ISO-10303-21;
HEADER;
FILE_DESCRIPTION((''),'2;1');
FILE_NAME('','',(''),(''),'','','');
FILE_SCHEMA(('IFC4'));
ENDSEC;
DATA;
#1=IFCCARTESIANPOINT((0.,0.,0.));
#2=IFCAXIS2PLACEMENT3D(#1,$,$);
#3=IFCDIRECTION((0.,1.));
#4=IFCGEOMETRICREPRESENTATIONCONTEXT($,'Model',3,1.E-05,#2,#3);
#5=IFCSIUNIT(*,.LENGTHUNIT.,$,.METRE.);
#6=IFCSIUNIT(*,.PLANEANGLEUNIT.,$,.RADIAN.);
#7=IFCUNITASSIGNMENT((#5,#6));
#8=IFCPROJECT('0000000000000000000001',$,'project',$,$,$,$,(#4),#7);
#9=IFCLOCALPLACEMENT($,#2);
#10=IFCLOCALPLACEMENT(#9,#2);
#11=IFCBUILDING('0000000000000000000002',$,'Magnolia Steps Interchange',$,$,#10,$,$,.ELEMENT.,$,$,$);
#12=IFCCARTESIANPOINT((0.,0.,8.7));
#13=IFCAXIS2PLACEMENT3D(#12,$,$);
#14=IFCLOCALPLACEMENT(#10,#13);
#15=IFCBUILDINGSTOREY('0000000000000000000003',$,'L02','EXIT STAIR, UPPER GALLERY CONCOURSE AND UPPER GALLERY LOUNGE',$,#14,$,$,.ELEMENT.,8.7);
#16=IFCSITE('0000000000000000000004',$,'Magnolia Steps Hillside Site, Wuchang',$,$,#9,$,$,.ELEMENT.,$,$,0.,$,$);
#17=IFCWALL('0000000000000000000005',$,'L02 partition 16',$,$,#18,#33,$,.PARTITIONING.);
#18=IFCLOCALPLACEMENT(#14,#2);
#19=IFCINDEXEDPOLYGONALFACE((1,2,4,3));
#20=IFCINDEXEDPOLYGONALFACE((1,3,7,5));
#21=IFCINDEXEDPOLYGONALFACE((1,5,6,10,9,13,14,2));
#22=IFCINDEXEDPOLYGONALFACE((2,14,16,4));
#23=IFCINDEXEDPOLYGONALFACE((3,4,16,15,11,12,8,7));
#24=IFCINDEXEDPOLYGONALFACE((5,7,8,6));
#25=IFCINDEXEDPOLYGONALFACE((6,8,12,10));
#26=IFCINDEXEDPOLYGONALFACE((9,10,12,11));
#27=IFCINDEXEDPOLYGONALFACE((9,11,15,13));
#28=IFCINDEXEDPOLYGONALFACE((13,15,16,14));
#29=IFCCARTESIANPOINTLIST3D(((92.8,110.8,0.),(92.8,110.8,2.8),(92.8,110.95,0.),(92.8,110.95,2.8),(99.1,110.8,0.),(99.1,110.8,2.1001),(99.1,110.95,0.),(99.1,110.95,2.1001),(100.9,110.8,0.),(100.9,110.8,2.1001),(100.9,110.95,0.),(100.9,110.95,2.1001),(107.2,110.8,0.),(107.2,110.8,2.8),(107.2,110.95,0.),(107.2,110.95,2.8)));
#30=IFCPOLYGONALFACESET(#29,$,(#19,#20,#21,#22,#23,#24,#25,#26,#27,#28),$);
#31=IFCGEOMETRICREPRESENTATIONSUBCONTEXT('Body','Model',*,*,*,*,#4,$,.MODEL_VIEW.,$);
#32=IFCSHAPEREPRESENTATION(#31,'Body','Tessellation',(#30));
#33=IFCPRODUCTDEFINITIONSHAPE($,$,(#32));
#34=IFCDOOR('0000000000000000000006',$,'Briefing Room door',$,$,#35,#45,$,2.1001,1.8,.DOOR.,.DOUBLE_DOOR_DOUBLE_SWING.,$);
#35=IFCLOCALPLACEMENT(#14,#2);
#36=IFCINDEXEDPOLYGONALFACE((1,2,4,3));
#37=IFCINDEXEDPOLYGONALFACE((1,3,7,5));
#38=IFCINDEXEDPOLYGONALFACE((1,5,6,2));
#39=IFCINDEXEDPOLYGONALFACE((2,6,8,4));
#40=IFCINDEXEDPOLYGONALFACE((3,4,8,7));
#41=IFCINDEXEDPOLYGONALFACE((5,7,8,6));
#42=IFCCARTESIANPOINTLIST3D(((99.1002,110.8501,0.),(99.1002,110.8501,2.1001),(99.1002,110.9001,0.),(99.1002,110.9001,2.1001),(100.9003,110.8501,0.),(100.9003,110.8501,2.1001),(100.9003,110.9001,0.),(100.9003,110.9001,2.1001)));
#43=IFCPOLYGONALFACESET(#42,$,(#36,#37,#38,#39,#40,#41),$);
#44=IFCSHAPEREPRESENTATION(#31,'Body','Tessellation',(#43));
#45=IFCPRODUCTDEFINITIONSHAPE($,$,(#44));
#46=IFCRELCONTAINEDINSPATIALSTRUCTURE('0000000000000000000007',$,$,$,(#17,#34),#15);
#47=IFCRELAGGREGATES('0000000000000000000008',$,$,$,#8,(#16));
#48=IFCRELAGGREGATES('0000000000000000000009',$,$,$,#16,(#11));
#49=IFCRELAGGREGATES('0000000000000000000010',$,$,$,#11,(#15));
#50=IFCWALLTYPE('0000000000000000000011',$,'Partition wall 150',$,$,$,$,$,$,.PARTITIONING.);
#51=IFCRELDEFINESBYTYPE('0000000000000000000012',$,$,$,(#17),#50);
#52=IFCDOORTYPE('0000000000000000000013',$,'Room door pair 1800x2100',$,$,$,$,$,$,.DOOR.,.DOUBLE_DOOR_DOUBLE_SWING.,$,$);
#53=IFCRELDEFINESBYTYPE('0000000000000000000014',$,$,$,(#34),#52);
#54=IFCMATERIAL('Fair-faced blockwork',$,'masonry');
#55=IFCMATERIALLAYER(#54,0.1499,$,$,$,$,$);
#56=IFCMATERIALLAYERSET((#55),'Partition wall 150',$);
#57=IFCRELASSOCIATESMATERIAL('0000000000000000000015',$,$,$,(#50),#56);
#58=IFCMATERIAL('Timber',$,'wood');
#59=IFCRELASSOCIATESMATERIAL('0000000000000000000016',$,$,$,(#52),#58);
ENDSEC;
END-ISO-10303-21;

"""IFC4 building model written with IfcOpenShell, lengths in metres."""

from ifc_helpers import new_model, si_unit, direction, frame, frame_2d, origin, place, context, subcontext, project, spatial, rectangle, extrude, material, layer, layer_set, type_object, element, fill, save


model = new_model("IFC4")

# Units and contexts
model_context = context("Model", 3, precision=1e-05, world=origin(), true_north=direction((0.0, 1.0)))
body_context = subcontext(model_context, "Body", "Model", "MODEL_VIEW")
ifc_project = project(units=[si_unit("LENGTHUNIT", "METRE"), si_unit("PLANEANGLEUNIT", "RADIAN")], contexts=[model_context])

# Site, building, storey
site_placement = place(None, origin())
site = spatial("IfcSite", under=ifc_project, at=site_placement, Name="Magnolia Steps Hillside Site, Wuchang", CompositionType="ELEMENT", RefElevation=0.0)
building_placement = place(site_placement, origin())
building = spatial("IfcBuilding", under=site, at=building_placement, Name="Magnolia Steps Interchange", CompositionType="ELEMENT")
storey_placement = place(building_placement, frame((0.0, 0.0, 8.7)))
storey = spatial("IfcBuildingStorey", under=building, at=storey_placement, Name="L02", Description="EXIT STAIR, UPPER GALLERY CONCOURSE AND UPPER GALLERY LOUNGE", CompositionType="ELEMENT", Elevation=8.7)

# Wall, opening, door
ifc_material_1 = material(Name="Fair-faced blockwork", Category="masonry")
ifc_layer_1 = layer(ifc_material_1, 0.1499)
ifc_layer_set_1 = layer_set([ifc_layer_1], Name="Partition wall 150")
wall_type_1 = type_object("IfcWallType", Name="Partition wall 150", PredefinedType="PARTITIONING", material=ifc_layer_set_1)
wall_1_placement = place(storey_placement, frame((92.8, 110.875, 0.0), z_axis=(0.0, 0.0, 1.0), x_axis=(1.0, 0.0, 0.0)))
wall_1 = element("IfcWall", 1, at=wall_1_placement, inside=storey, type_object=wall_type_1, Name="L02 partition 16", PredefinedType="PARTITIONING", context=body_context, shape_type="SweptSolid", body=[
    extrude(rectangle(XDim=14.3999, YDim=0.1499, at=frame_2d((7.2, 0.0))), origin(), (0.0, 0.0, 1.0), 2.8),
])
opening_1_placement = place(wall_1_placement, frame((6.3, 0.0, 0.0)))
opening_1 = element("IfcOpeningElement", 2, at=opening_1_placement, cuts=wall_1, PredefinedType="OPENING", context=body_context, shape_type="SweptSolid", body=[
    extrude(rectangle(XDim=1.8, YDim=2.1001, at=frame_2d((0.8999, 1.05))), frame((0.0, 0.085, 0.0), z_axis=(0.0, -1.0, 0.0), x_axis=(1.0, 0.0, 0.0)), (0.0, 0.0, 1.0), 0.1699),
])
ifc_material_2 = material(Name="Timber", Category="wood")
door_type = type_object("IfcDoorType", Name="Room door pair 1800x2100", OperationType="DOUBLE_DOOR_DOUBLE_SWING", PredefinedType="DOOR", material=ifc_material_2)
door_placement = place(opening_1_placement, frame((1.8, 0.0, 0.0), z_axis=(0.0, 0.0, 1.0), x_axis=(-1.0, 0.0, 0.0)))
door = element("IfcDoor", 3, at=door_placement, inside=storey, type_object=door_type, Name="Briefing Room door", OperationType="DOUBLE_DOOR_DOUBLE_SWING", OverallHeight=2.1001, OverallWidth=1.8, PredefinedType="DOOR", context=body_context, shape_type="SweptSolid", body=[
    extrude(rectangle(XDim=1.8, YDim=2.1001, at=frame_2d((0.8999, 1.05))), frame((0.0, 0.0249, 0.0), z_axis=(0.0, -1.0, 0.0), x_axis=(1.0, 0.0, 0.0)), (0.0, 0.0, 1.0), 0.05),
])
fill(opening_1, door)

save(model, "model.ifc")
